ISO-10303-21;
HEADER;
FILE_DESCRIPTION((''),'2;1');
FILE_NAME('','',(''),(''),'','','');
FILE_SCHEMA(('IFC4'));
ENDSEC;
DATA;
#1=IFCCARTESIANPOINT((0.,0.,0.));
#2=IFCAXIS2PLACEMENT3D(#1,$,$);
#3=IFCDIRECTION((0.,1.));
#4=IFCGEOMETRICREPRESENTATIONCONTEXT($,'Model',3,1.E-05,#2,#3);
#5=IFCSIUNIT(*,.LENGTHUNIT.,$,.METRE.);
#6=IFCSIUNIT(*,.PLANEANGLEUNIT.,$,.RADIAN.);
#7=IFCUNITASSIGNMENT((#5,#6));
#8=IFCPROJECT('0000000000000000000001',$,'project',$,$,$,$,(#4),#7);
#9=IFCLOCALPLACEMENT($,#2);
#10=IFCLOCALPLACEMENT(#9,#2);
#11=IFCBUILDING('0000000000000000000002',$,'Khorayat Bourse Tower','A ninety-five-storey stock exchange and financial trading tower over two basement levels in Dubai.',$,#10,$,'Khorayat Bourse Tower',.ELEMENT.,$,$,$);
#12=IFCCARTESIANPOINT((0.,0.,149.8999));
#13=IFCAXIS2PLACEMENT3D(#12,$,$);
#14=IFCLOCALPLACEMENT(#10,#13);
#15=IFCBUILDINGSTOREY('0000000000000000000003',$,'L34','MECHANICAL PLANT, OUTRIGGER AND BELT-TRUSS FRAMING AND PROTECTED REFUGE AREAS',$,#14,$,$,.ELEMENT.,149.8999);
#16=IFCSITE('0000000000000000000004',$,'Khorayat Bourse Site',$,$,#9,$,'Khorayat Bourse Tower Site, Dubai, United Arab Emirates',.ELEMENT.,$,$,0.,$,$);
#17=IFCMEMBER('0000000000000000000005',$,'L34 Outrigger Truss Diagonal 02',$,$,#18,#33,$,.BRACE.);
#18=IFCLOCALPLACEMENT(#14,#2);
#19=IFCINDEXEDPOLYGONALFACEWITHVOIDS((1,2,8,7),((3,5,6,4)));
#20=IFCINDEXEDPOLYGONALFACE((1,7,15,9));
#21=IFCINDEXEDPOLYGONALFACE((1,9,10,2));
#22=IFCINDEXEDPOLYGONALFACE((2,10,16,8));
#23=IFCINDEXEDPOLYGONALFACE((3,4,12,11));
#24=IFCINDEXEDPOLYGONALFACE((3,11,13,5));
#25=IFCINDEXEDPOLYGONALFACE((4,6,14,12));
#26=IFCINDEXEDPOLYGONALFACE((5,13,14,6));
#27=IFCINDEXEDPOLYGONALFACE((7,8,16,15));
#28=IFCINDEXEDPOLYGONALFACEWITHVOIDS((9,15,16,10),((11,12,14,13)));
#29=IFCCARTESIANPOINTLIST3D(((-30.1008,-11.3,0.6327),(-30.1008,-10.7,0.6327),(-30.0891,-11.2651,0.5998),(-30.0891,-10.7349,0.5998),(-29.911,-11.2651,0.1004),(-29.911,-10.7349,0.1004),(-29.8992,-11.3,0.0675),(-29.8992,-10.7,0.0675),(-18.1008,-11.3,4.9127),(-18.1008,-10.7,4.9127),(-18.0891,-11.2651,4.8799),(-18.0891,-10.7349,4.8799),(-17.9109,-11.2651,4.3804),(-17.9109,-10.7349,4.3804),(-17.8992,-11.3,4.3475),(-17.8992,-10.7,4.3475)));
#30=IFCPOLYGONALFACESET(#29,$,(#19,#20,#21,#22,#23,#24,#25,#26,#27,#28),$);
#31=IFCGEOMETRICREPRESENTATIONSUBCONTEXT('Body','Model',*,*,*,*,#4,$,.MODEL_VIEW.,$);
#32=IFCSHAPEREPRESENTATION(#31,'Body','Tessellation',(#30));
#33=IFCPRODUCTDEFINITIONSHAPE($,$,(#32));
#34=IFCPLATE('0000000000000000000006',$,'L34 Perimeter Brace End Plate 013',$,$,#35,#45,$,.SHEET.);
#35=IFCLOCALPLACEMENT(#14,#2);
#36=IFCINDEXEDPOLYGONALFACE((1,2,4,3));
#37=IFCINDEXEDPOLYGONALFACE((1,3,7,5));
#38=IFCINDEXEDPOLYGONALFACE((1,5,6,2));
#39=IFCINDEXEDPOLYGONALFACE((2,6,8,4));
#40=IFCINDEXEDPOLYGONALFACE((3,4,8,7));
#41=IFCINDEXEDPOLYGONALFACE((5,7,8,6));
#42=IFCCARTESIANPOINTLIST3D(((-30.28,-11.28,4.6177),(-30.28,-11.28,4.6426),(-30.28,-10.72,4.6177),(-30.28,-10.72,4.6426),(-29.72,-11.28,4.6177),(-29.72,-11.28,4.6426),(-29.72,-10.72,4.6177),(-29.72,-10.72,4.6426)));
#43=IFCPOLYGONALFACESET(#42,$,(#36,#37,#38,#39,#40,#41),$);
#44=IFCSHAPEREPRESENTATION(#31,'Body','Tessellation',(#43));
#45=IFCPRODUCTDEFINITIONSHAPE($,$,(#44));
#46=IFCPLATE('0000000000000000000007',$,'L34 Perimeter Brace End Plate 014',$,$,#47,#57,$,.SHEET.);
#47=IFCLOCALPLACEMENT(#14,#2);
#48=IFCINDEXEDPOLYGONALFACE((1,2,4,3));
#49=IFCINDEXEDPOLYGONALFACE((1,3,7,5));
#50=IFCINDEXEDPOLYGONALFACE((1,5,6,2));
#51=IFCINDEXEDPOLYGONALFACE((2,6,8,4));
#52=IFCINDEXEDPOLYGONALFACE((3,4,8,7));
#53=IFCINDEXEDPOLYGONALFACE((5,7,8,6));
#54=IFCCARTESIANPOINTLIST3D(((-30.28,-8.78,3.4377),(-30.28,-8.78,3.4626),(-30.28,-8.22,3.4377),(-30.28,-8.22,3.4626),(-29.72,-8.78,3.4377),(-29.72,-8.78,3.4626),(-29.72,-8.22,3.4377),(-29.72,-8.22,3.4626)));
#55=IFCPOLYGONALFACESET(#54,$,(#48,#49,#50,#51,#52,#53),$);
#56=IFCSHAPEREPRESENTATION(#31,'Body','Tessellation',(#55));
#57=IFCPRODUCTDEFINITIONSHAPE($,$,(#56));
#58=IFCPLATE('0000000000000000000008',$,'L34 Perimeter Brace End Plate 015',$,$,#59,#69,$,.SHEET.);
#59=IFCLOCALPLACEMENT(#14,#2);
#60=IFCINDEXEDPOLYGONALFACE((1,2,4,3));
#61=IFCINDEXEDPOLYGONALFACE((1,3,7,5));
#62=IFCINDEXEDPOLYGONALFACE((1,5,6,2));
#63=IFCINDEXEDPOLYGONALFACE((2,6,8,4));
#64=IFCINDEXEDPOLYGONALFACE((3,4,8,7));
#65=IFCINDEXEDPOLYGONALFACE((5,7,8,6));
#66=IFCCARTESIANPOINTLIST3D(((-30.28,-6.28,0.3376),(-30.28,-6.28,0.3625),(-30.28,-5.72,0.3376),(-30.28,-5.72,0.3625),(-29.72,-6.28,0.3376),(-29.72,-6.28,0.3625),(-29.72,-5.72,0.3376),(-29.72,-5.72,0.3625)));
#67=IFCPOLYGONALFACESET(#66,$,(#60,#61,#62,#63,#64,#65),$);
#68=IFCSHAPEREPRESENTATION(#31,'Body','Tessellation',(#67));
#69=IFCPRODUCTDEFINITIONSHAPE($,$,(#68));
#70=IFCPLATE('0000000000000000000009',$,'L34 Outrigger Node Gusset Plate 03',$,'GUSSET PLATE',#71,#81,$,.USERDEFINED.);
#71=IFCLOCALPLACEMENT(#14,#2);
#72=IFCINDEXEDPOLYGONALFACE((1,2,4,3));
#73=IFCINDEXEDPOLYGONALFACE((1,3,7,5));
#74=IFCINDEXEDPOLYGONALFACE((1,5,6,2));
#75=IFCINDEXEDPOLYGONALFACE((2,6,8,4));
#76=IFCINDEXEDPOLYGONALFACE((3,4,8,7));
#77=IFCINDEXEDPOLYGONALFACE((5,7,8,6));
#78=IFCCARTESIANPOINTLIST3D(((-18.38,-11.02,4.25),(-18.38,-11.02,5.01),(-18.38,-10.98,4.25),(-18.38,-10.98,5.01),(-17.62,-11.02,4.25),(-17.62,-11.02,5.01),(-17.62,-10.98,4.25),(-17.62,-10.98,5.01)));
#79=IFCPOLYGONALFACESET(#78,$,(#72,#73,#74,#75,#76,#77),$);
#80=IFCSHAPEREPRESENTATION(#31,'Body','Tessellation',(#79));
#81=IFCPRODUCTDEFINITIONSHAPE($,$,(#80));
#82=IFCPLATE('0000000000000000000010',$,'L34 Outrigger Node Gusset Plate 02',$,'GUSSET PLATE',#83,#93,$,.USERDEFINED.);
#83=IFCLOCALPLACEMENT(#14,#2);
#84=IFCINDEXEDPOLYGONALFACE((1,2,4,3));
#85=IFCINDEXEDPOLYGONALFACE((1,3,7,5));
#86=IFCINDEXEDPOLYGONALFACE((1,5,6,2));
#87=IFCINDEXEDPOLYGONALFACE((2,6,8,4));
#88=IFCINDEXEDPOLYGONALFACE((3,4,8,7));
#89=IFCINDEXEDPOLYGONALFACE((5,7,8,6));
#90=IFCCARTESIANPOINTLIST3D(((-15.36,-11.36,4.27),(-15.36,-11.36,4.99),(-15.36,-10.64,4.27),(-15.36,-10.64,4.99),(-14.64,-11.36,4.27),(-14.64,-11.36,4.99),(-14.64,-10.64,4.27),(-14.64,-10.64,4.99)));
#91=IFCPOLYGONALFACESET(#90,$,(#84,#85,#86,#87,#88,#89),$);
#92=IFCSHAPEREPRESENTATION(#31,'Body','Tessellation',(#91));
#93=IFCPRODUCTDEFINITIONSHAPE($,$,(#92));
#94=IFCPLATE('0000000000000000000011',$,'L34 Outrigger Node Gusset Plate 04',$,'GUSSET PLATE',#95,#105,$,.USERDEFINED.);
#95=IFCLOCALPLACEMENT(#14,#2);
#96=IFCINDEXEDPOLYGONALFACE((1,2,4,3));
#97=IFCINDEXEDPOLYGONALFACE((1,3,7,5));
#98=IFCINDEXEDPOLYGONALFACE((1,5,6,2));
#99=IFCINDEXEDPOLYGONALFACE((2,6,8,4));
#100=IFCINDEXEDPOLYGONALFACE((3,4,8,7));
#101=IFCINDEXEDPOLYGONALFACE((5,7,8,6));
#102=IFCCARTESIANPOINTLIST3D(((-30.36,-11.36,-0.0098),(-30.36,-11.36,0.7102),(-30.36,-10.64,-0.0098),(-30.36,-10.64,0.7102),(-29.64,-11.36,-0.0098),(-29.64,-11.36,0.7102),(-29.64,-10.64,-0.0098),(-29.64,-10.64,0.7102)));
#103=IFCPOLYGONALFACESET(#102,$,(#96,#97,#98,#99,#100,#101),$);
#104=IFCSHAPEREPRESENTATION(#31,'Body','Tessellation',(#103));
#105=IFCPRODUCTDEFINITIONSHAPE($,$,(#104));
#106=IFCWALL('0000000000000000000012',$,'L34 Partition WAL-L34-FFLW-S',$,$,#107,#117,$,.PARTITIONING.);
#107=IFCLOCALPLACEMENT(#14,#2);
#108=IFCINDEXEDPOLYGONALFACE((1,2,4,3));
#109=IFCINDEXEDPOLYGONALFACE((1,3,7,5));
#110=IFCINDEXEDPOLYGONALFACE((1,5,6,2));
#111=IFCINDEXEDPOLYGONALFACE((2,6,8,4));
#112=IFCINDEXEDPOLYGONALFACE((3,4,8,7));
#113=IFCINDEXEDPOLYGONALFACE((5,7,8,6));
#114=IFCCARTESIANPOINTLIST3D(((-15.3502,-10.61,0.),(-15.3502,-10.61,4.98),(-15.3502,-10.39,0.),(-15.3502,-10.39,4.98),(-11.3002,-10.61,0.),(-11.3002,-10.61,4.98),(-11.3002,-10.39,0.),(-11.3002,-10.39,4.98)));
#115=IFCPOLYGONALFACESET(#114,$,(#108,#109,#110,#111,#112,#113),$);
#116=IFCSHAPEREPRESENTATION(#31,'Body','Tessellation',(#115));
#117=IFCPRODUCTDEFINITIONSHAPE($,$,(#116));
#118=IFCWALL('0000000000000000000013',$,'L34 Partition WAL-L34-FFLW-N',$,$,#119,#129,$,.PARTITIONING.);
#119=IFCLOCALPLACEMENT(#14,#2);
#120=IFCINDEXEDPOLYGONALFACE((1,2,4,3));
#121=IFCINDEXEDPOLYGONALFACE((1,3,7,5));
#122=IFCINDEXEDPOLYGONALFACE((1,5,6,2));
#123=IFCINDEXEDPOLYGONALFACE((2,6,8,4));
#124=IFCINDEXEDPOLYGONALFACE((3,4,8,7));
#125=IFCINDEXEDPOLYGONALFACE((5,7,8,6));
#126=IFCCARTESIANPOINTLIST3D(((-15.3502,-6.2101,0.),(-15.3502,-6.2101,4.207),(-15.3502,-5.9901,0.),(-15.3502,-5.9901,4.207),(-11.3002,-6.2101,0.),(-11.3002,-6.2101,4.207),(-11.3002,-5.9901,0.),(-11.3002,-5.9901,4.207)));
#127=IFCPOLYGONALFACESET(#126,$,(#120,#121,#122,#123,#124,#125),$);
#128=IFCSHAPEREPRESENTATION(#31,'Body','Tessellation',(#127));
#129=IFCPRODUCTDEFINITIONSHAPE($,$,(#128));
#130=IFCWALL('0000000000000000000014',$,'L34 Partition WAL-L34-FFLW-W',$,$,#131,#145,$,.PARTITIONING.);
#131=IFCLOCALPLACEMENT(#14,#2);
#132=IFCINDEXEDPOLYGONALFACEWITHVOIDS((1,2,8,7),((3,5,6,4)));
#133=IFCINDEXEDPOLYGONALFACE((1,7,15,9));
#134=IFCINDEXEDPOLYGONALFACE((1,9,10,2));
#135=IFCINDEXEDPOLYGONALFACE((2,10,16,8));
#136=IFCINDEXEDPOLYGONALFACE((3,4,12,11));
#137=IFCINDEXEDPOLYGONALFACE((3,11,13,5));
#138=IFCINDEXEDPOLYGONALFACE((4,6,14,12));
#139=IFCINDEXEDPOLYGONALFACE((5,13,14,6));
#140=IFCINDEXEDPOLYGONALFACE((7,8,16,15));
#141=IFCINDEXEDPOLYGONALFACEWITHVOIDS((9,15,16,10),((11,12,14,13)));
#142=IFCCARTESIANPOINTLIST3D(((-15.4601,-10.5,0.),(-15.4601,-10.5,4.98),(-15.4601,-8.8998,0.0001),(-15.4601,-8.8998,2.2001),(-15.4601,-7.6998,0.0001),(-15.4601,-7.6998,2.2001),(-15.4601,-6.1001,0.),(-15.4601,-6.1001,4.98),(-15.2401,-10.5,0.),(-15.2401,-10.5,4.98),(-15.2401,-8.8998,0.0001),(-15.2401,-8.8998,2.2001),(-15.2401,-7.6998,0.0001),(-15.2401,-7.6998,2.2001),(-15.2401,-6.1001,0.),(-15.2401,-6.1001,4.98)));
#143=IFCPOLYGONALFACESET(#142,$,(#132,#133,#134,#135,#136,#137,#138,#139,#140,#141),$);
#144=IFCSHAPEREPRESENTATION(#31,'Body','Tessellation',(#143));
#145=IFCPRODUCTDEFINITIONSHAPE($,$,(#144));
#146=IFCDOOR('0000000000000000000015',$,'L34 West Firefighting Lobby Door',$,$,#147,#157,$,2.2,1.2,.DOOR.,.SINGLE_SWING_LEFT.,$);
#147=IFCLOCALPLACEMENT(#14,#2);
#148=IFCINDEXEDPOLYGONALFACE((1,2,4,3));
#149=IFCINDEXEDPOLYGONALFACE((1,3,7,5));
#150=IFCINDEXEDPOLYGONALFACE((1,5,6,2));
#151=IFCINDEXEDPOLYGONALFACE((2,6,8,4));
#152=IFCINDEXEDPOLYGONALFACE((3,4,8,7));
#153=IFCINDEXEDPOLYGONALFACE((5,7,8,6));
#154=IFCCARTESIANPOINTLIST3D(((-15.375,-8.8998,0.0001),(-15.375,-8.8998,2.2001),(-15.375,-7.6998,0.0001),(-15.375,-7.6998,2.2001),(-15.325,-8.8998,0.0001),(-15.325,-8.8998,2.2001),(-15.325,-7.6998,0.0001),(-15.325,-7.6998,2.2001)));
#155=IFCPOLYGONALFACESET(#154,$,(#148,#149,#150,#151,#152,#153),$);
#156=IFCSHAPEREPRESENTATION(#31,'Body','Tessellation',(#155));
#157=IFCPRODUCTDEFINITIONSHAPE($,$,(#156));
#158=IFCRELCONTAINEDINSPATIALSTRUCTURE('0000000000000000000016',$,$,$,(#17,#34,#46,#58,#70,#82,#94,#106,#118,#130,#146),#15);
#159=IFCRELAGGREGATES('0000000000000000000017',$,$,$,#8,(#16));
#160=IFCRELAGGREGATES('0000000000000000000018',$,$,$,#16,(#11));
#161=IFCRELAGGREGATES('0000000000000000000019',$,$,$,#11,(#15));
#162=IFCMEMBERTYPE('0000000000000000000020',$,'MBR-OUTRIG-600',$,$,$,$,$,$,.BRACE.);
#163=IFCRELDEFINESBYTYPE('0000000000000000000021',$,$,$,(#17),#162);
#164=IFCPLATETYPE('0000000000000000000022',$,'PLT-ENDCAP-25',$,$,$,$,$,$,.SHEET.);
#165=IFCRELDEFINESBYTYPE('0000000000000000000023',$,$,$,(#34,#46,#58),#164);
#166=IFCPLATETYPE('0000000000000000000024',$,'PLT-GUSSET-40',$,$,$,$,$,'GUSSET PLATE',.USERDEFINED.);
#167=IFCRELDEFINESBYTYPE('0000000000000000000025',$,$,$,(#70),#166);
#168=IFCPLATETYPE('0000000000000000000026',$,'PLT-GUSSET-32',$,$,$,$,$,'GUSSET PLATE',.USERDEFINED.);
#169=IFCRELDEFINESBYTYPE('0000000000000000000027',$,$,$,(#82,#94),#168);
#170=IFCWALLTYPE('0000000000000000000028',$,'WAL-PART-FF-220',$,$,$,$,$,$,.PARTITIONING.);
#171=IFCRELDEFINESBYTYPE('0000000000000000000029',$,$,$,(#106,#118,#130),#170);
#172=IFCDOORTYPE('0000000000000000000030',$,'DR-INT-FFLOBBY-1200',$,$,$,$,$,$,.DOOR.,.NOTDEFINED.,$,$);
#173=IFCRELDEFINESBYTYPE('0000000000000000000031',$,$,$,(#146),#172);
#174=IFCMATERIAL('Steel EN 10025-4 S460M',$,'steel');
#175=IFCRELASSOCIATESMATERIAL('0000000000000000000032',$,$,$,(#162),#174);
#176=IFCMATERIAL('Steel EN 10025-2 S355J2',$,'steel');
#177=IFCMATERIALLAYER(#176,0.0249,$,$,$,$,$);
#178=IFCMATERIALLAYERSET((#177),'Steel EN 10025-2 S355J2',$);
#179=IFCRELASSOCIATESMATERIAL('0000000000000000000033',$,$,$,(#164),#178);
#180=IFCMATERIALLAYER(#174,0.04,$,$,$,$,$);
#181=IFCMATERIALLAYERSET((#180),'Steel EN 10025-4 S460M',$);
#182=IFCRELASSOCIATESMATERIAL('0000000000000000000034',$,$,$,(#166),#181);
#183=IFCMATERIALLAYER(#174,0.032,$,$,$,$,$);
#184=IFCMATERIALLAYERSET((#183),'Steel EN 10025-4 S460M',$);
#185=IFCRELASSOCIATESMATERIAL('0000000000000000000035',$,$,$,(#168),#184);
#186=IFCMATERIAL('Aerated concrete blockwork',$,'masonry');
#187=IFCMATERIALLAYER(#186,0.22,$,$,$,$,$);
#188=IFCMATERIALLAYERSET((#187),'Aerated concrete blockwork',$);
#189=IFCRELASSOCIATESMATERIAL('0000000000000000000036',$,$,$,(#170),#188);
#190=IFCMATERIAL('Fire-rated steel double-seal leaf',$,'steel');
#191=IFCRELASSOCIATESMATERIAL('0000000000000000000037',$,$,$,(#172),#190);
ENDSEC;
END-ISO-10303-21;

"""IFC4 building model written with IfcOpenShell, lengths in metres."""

from ifc_helpers import new_model, si_unit, direction, frame, frame_2d, origin, origin_2d, place, context, subcontext, project, spatial, rectangle, hollow_rectangle, extrude, source, transform, mapped, material, layer, layer_set, material_profile, profile_set, type_object, element, fill, save


model = new_model("IFC4")

# Units and contexts
model_context = context("Model", 3, precision=1e-05, world=origin(), true_north=direction((0.0, 1.0)))
body_context = subcontext(model_context, "Body", "Model", "MODEL_VIEW")
ifc_project = project(units=[si_unit("LENGTHUNIT", "METRE"), si_unit("PLANEANGLEUNIT", "RADIAN")], contexts=[model_context])

# Site, building, storey
site_placement = place(None, origin())
site = spatial("IfcSite", under=ifc_project, at=site_placement, Name="Khorayat Bourse Site", LongName="Khorayat Bourse Tower Site, Dubai, United Arab Emirates", CompositionType="ELEMENT", RefElevation=0.0)
building_placement = place(site_placement, origin())
building = spatial("IfcBuilding", under=site, at=building_placement, Name="Khorayat Bourse Tower", Description="A ninety-five-storey stock exchange and financial trading tower over two basement levels in Dubai.", LongName="Khorayat Bourse Tower", CompositionType="ELEMENT")
storey_placement = place(building_placement, frame((0.0, 0.0, 149.8999)))
storey = spatial("IfcBuildingStorey", under=building, at=storey_placement, Name="L34", Description="MECHANICAL PLANT, OUTRIGGER AND BELT-TRUSS FRAMING AND PROTECTED REFUGE AREAS", CompositionType="ELEMENT", Elevation=149.8999)

# Shared definitions
ifc_material_1 = material(Name="Steel EN 10025-4 S460M", Category="steel")

# Member
ifc_material_profile_1 = material_profile(ifc_material_1, hollow_rectangle(XDim=0.6001, YDim=0.6001, WallThickness=0.0349, at=origin_2d()), Name="BOX 600x600x35")
ifc_profile_set_1 = profile_set([ifc_material_profile_1], Name="Steel EN 10025-4 S460M")
member_type_1 = type_object("IfcMemberType", Name="MBR-OUTRIG-600", PredefinedType="BRACE", material=ifc_profile_set_1)
shared_shape_1 = source(origin(), body_context, "Body", "SweptSolid", [
    extrude(hollow_rectangle(XDim=0.6001, YDim=0.6001, WallThickness=0.0349, at=origin_2d()), origin(), (0.0, 0.0, 1.0), 12.7405),
])
member_1_placement = place(storey_placement, frame((-18.0, -11.0, 4.6301), z_axis=(-0.941883, 0.0, -0.335941), x_axis=(0.0, -1.0, 0.0)))
element("IfcMember", 1, at=member_1_placement, inside=storey, type_object=member_type_1, Name="L34 Outrigger Truss Diagonal 02", PredefinedType="BRACE", context=body_context, shape_type="MappedRepresentation", body=[
    mapped(shared_shape_1, transform((0.0, 0.0, 0.0), scale=1.0)),
])

# Plates
ifc_material_2 = material(Name="Steel EN 10025-2 S355J2", Category="steel")
ifc_layer_1 = layer(ifc_material_2, 0.0249)
ifc_layer_set_1 = layer_set([ifc_layer_1], Name="Steel EN 10025-2 S355J2")
plate_type_1 = type_object("IfcPlateType", Name="PLT-ENDCAP-25", PredefinedType="SHEET", material=ifc_layer_set_1)
shared_shape_2 = source(origin(), body_context, "Body", "SweptSolid", [
    extrude(rectangle(XDim=0.5601, YDim=0.5601, at=origin_2d()), origin(), (0.0, 0.0, 1.0), 0.0249),
])
for number, where, z_axis, x_axis, name in (
    (2, (-30.0, -11.0, 4.6177), (0.0, 0.0, 1.0), (1.0, 0.0, 0.0), "L34 Perimeter Brace End Plate 013"),
    (3, (-30.0, -8.5, 3.4377), (0.0, 0.0, 1.0), (1.0, 0.0, 0.0), "L34 Perimeter Brace End Plate 014"),
    (4, (-30.0, -6.0, 0.3376), (0.0, 0.0, 1.0), (1.0, 0.0, 0.0), "L34 Perimeter Brace End Plate 015"),
):
    element("IfcPlate", number, at=place(storey_placement, frame(where, z_axis=z_axis, x_axis=x_axis)), inside=storey, type_object=plate_type_1, Name=name, PredefinedType="SHEET", context=body_context, shape_type="MappedRepresentation", body=[
        mapped(shared_shape_2, transform((0.0, 0.0, 0.0), scale=1.0)),
    ])
ifc_layer_2 = layer(ifc_material_1, 0.04)
ifc_layer_set_2 = layer_set([ifc_layer_2], Name="Steel EN 10025-4 S460M")
plate_type_2 = type_object("IfcPlateType", Name="PLT-GUSSET-40", ElementType="GUSSET PLATE", PredefinedType="USERDEFINED", material=ifc_layer_set_2)
shared_shape_3 = source(origin(), body_context, "Body", "SweptSolid", [
    extrude(rectangle(XDim=0.76, YDim=0.04, at=origin_2d()), origin(), (0.0, 0.0, 1.0), 0.76),
])
plate_placement = place(storey_placement, frame((-18.0, -11.0, 4.25), z_axis=(0.0, 0.0, 1.0), x_axis=(1.0, 0.0, 0.0)))
element("IfcPlate", 5, at=plate_placement, inside=storey, type_object=plate_type_2, Name="L34 Outrigger Node Gusset Plate 03", ObjectType="GUSSET PLATE", PredefinedType="USERDEFINED", context=body_context, shape_type="MappedRepresentation", body=[
    mapped(shared_shape_3, transform((0.0, 0.0, 0.0), scale=1.0)),
])
ifc_layer_3 = layer(ifc_material_1, 0.032)
ifc_layer_set_3 = layer_set([ifc_layer_3], Name="Steel EN 10025-4 S460M")
plate_type_3 = type_object("IfcPlateType", Name="PLT-GUSSET-32", ElementType="GUSSET PLATE", PredefinedType="USERDEFINED", material=ifc_layer_set_3)
shared_shape_4 = source(origin(), body_context, "Body", "SweptSolid", [
    extrude(rectangle(XDim=0.72, YDim=0.72, at=origin_2d()), origin(), (0.0, 0.0, 1.0), 0.72),
])
for number, where, z_axis, x_axis, name in (
    (6, (-15.0, -11.0, 4.27), (0.0, 0.0, 1.0), (1.0, 0.0, 0.0), "L34 Outrigger Node Gusset Plate 02"),
    (7, (-30.0, -11.0, -0.0098), (0.0, 0.0, 1.0), (1.0, 0.0, 0.0), "L34 Outrigger Node Gusset Plate 04"),
):
    element("IfcPlate", number, at=place(storey_placement, frame(where, z_axis=z_axis, x_axis=x_axis)), inside=storey, type_object=plate_type_3, Name=name, ObjectType="GUSSET PLATE", PredefinedType="USERDEFINED", context=body_context, shape_type="MappedRepresentation", body=[
        mapped(shared_shape_4, transform((0.0, 0.0, 0.0), scale=1.0)),
    ])

# Walls
ifc_material_3 = material(Name="Aerated concrete blockwork", Category="masonry")
ifc_layer_4 = layer(ifc_material_3, 0.22)
ifc_layer_set_4 = layer_set([ifc_layer_4], Name="Aerated concrete blockwork")
wall_type_1 = type_object("IfcWallType", Name="WAL-PART-FF-220", PredefinedType="PARTITIONING", material=ifc_layer_set_4)
shared_shape_5 = source(origin(), body_context, "Body", "SweptSolid", [
    extrude(rectangle(XDim=4.05, YDim=0.22, at=frame_2d((2.0249, 0.0))), origin(), (0.0, 0.0, 1.0), 4.98),
])
wall_1_placement = place(storey_placement, frame((-15.3501, -10.5, 0.0), z_axis=(0.0, 0.0, 1.0), x_axis=(1.0, 0.0, 0.0)))
element("IfcWall", 8, at=wall_1_placement, inside=storey, type_object=wall_type_1, Name="L34 Partition WAL-L34-FFLW-S", PredefinedType="PARTITIONING", context=body_context, shape_type="MappedRepresentation", body=[
    mapped(shared_shape_5, transform((0.0, 0.0, 0.0), scale=1.0)),
])
shared_shape_6 = source(origin(), body_context, "Body", "SweptSolid", [
    extrude(rectangle(XDim=4.05, YDim=0.22, at=frame_2d((2.0249, 0.0))), origin(), (0.0, 0.0, 1.0), 4.207),
])
wall_2_placement = place(storey_placement, frame((-15.3501, -6.1001, 0.0), z_axis=(0.0, 0.0, 1.0), x_axis=(1.0, 0.0, 0.0)))
element("IfcWall", 9, at=wall_2_placement, inside=storey, type_object=wall_type_1, Name="L34 Partition WAL-L34-FFLW-N", PredefinedType="PARTITIONING", context=body_context, shape_type="MappedRepresentation", body=[
    mapped(shared_shape_6, transform((0.0, 0.0, 0.0), scale=1.0)),
])

# Wall, opening, door
shared_shape_7 = source(origin(), body_context, "Body", "SweptSolid", [
    extrude(rectangle(XDim=4.3999, YDim=0.22, at=frame_2d((2.2, 0.0))), origin(), (0.0, 0.0, 1.0), 4.98),
])
wall_3_placement = place(storey_placement, frame((-15.3501, -10.5, 0.0), z_axis=(0.0, 0.0, 1.0), x_axis=(0.0, 1.0, 0.0)))
wall_3 = element("IfcWall", 10, at=wall_3_placement, inside=storey, type_object=wall_type_1, Name="L34 Partition WAL-L34-FFLW-W", PredefinedType="PARTITIONING", context=body_context, shape_type="MappedRepresentation", body=[
    mapped(shared_shape_7, transform((0.0, 0.0, 0.0), scale=1.0)),
])
shared_shape_8 = source(origin(), body_context, "Body", "SweptSolid", [
    extrude(rectangle(XDim=1.2, YDim=2.2, at=frame_2d((0.6001, 1.1001))), frame((0.0, 0.1199, 0.0), z_axis=(0.0, -1.0, 0.0), x_axis=(1.0, 0.0, 0.0)), (0.0, 0.0, 1.0), 0.24),
])
opening_1_placement = place(wall_3_placement, frame((1.6001, 0.0, 0.0)))
opening_1 = element("IfcOpeningElement", 11, at=opening_1_placement, cuts=wall_3, PredefinedType="OPENING", context=body_context, shape_type="MappedRepresentation", body=[
    mapped(shared_shape_8, transform((0.0, 0.0, 0.0), scale=1.0)),
])
ifc_material_4 = material(Name="Fire-rated steel double-seal leaf", Category="steel")
door_type_1 = type_object("IfcDoorType", Name="DR-INT-FFLOBBY-1200", OperationType="NOTDEFINED", PredefinedType="DOOR", material=ifc_material_4)
shared_shape_9 = source(origin(), body_context, "Body", "SweptSolid", [
    extrude(rectangle(XDim=1.2, YDim=2.2, at=frame_2d((0.6001, 1.1001))), frame((0.0, 0.0249, 0.0), z_axis=(0.0, -1.0, 0.0), x_axis=(1.0, 0.0, 0.0)), (0.0, 0.0, 1.0), 0.05),
])
door_1_placement = place(opening_1_placement, origin())
door_1 = element("IfcDoor", 12, at=door_1_placement, inside=storey, type_object=door_type_1, Name="L34 West Firefighting Lobby Door", OperationType="SINGLE_SWING_LEFT", OverallHeight=2.2, OverallWidth=1.2, PredefinedType="DOOR", context=body_context, shape_type="MappedRepresentation", body=[
    mapped(shared_shape_9, transform((0.0, 0.0, 0.0), scale=1.0)),
])
fill(opening_1, door_1)

save(model, "model.ifc")
